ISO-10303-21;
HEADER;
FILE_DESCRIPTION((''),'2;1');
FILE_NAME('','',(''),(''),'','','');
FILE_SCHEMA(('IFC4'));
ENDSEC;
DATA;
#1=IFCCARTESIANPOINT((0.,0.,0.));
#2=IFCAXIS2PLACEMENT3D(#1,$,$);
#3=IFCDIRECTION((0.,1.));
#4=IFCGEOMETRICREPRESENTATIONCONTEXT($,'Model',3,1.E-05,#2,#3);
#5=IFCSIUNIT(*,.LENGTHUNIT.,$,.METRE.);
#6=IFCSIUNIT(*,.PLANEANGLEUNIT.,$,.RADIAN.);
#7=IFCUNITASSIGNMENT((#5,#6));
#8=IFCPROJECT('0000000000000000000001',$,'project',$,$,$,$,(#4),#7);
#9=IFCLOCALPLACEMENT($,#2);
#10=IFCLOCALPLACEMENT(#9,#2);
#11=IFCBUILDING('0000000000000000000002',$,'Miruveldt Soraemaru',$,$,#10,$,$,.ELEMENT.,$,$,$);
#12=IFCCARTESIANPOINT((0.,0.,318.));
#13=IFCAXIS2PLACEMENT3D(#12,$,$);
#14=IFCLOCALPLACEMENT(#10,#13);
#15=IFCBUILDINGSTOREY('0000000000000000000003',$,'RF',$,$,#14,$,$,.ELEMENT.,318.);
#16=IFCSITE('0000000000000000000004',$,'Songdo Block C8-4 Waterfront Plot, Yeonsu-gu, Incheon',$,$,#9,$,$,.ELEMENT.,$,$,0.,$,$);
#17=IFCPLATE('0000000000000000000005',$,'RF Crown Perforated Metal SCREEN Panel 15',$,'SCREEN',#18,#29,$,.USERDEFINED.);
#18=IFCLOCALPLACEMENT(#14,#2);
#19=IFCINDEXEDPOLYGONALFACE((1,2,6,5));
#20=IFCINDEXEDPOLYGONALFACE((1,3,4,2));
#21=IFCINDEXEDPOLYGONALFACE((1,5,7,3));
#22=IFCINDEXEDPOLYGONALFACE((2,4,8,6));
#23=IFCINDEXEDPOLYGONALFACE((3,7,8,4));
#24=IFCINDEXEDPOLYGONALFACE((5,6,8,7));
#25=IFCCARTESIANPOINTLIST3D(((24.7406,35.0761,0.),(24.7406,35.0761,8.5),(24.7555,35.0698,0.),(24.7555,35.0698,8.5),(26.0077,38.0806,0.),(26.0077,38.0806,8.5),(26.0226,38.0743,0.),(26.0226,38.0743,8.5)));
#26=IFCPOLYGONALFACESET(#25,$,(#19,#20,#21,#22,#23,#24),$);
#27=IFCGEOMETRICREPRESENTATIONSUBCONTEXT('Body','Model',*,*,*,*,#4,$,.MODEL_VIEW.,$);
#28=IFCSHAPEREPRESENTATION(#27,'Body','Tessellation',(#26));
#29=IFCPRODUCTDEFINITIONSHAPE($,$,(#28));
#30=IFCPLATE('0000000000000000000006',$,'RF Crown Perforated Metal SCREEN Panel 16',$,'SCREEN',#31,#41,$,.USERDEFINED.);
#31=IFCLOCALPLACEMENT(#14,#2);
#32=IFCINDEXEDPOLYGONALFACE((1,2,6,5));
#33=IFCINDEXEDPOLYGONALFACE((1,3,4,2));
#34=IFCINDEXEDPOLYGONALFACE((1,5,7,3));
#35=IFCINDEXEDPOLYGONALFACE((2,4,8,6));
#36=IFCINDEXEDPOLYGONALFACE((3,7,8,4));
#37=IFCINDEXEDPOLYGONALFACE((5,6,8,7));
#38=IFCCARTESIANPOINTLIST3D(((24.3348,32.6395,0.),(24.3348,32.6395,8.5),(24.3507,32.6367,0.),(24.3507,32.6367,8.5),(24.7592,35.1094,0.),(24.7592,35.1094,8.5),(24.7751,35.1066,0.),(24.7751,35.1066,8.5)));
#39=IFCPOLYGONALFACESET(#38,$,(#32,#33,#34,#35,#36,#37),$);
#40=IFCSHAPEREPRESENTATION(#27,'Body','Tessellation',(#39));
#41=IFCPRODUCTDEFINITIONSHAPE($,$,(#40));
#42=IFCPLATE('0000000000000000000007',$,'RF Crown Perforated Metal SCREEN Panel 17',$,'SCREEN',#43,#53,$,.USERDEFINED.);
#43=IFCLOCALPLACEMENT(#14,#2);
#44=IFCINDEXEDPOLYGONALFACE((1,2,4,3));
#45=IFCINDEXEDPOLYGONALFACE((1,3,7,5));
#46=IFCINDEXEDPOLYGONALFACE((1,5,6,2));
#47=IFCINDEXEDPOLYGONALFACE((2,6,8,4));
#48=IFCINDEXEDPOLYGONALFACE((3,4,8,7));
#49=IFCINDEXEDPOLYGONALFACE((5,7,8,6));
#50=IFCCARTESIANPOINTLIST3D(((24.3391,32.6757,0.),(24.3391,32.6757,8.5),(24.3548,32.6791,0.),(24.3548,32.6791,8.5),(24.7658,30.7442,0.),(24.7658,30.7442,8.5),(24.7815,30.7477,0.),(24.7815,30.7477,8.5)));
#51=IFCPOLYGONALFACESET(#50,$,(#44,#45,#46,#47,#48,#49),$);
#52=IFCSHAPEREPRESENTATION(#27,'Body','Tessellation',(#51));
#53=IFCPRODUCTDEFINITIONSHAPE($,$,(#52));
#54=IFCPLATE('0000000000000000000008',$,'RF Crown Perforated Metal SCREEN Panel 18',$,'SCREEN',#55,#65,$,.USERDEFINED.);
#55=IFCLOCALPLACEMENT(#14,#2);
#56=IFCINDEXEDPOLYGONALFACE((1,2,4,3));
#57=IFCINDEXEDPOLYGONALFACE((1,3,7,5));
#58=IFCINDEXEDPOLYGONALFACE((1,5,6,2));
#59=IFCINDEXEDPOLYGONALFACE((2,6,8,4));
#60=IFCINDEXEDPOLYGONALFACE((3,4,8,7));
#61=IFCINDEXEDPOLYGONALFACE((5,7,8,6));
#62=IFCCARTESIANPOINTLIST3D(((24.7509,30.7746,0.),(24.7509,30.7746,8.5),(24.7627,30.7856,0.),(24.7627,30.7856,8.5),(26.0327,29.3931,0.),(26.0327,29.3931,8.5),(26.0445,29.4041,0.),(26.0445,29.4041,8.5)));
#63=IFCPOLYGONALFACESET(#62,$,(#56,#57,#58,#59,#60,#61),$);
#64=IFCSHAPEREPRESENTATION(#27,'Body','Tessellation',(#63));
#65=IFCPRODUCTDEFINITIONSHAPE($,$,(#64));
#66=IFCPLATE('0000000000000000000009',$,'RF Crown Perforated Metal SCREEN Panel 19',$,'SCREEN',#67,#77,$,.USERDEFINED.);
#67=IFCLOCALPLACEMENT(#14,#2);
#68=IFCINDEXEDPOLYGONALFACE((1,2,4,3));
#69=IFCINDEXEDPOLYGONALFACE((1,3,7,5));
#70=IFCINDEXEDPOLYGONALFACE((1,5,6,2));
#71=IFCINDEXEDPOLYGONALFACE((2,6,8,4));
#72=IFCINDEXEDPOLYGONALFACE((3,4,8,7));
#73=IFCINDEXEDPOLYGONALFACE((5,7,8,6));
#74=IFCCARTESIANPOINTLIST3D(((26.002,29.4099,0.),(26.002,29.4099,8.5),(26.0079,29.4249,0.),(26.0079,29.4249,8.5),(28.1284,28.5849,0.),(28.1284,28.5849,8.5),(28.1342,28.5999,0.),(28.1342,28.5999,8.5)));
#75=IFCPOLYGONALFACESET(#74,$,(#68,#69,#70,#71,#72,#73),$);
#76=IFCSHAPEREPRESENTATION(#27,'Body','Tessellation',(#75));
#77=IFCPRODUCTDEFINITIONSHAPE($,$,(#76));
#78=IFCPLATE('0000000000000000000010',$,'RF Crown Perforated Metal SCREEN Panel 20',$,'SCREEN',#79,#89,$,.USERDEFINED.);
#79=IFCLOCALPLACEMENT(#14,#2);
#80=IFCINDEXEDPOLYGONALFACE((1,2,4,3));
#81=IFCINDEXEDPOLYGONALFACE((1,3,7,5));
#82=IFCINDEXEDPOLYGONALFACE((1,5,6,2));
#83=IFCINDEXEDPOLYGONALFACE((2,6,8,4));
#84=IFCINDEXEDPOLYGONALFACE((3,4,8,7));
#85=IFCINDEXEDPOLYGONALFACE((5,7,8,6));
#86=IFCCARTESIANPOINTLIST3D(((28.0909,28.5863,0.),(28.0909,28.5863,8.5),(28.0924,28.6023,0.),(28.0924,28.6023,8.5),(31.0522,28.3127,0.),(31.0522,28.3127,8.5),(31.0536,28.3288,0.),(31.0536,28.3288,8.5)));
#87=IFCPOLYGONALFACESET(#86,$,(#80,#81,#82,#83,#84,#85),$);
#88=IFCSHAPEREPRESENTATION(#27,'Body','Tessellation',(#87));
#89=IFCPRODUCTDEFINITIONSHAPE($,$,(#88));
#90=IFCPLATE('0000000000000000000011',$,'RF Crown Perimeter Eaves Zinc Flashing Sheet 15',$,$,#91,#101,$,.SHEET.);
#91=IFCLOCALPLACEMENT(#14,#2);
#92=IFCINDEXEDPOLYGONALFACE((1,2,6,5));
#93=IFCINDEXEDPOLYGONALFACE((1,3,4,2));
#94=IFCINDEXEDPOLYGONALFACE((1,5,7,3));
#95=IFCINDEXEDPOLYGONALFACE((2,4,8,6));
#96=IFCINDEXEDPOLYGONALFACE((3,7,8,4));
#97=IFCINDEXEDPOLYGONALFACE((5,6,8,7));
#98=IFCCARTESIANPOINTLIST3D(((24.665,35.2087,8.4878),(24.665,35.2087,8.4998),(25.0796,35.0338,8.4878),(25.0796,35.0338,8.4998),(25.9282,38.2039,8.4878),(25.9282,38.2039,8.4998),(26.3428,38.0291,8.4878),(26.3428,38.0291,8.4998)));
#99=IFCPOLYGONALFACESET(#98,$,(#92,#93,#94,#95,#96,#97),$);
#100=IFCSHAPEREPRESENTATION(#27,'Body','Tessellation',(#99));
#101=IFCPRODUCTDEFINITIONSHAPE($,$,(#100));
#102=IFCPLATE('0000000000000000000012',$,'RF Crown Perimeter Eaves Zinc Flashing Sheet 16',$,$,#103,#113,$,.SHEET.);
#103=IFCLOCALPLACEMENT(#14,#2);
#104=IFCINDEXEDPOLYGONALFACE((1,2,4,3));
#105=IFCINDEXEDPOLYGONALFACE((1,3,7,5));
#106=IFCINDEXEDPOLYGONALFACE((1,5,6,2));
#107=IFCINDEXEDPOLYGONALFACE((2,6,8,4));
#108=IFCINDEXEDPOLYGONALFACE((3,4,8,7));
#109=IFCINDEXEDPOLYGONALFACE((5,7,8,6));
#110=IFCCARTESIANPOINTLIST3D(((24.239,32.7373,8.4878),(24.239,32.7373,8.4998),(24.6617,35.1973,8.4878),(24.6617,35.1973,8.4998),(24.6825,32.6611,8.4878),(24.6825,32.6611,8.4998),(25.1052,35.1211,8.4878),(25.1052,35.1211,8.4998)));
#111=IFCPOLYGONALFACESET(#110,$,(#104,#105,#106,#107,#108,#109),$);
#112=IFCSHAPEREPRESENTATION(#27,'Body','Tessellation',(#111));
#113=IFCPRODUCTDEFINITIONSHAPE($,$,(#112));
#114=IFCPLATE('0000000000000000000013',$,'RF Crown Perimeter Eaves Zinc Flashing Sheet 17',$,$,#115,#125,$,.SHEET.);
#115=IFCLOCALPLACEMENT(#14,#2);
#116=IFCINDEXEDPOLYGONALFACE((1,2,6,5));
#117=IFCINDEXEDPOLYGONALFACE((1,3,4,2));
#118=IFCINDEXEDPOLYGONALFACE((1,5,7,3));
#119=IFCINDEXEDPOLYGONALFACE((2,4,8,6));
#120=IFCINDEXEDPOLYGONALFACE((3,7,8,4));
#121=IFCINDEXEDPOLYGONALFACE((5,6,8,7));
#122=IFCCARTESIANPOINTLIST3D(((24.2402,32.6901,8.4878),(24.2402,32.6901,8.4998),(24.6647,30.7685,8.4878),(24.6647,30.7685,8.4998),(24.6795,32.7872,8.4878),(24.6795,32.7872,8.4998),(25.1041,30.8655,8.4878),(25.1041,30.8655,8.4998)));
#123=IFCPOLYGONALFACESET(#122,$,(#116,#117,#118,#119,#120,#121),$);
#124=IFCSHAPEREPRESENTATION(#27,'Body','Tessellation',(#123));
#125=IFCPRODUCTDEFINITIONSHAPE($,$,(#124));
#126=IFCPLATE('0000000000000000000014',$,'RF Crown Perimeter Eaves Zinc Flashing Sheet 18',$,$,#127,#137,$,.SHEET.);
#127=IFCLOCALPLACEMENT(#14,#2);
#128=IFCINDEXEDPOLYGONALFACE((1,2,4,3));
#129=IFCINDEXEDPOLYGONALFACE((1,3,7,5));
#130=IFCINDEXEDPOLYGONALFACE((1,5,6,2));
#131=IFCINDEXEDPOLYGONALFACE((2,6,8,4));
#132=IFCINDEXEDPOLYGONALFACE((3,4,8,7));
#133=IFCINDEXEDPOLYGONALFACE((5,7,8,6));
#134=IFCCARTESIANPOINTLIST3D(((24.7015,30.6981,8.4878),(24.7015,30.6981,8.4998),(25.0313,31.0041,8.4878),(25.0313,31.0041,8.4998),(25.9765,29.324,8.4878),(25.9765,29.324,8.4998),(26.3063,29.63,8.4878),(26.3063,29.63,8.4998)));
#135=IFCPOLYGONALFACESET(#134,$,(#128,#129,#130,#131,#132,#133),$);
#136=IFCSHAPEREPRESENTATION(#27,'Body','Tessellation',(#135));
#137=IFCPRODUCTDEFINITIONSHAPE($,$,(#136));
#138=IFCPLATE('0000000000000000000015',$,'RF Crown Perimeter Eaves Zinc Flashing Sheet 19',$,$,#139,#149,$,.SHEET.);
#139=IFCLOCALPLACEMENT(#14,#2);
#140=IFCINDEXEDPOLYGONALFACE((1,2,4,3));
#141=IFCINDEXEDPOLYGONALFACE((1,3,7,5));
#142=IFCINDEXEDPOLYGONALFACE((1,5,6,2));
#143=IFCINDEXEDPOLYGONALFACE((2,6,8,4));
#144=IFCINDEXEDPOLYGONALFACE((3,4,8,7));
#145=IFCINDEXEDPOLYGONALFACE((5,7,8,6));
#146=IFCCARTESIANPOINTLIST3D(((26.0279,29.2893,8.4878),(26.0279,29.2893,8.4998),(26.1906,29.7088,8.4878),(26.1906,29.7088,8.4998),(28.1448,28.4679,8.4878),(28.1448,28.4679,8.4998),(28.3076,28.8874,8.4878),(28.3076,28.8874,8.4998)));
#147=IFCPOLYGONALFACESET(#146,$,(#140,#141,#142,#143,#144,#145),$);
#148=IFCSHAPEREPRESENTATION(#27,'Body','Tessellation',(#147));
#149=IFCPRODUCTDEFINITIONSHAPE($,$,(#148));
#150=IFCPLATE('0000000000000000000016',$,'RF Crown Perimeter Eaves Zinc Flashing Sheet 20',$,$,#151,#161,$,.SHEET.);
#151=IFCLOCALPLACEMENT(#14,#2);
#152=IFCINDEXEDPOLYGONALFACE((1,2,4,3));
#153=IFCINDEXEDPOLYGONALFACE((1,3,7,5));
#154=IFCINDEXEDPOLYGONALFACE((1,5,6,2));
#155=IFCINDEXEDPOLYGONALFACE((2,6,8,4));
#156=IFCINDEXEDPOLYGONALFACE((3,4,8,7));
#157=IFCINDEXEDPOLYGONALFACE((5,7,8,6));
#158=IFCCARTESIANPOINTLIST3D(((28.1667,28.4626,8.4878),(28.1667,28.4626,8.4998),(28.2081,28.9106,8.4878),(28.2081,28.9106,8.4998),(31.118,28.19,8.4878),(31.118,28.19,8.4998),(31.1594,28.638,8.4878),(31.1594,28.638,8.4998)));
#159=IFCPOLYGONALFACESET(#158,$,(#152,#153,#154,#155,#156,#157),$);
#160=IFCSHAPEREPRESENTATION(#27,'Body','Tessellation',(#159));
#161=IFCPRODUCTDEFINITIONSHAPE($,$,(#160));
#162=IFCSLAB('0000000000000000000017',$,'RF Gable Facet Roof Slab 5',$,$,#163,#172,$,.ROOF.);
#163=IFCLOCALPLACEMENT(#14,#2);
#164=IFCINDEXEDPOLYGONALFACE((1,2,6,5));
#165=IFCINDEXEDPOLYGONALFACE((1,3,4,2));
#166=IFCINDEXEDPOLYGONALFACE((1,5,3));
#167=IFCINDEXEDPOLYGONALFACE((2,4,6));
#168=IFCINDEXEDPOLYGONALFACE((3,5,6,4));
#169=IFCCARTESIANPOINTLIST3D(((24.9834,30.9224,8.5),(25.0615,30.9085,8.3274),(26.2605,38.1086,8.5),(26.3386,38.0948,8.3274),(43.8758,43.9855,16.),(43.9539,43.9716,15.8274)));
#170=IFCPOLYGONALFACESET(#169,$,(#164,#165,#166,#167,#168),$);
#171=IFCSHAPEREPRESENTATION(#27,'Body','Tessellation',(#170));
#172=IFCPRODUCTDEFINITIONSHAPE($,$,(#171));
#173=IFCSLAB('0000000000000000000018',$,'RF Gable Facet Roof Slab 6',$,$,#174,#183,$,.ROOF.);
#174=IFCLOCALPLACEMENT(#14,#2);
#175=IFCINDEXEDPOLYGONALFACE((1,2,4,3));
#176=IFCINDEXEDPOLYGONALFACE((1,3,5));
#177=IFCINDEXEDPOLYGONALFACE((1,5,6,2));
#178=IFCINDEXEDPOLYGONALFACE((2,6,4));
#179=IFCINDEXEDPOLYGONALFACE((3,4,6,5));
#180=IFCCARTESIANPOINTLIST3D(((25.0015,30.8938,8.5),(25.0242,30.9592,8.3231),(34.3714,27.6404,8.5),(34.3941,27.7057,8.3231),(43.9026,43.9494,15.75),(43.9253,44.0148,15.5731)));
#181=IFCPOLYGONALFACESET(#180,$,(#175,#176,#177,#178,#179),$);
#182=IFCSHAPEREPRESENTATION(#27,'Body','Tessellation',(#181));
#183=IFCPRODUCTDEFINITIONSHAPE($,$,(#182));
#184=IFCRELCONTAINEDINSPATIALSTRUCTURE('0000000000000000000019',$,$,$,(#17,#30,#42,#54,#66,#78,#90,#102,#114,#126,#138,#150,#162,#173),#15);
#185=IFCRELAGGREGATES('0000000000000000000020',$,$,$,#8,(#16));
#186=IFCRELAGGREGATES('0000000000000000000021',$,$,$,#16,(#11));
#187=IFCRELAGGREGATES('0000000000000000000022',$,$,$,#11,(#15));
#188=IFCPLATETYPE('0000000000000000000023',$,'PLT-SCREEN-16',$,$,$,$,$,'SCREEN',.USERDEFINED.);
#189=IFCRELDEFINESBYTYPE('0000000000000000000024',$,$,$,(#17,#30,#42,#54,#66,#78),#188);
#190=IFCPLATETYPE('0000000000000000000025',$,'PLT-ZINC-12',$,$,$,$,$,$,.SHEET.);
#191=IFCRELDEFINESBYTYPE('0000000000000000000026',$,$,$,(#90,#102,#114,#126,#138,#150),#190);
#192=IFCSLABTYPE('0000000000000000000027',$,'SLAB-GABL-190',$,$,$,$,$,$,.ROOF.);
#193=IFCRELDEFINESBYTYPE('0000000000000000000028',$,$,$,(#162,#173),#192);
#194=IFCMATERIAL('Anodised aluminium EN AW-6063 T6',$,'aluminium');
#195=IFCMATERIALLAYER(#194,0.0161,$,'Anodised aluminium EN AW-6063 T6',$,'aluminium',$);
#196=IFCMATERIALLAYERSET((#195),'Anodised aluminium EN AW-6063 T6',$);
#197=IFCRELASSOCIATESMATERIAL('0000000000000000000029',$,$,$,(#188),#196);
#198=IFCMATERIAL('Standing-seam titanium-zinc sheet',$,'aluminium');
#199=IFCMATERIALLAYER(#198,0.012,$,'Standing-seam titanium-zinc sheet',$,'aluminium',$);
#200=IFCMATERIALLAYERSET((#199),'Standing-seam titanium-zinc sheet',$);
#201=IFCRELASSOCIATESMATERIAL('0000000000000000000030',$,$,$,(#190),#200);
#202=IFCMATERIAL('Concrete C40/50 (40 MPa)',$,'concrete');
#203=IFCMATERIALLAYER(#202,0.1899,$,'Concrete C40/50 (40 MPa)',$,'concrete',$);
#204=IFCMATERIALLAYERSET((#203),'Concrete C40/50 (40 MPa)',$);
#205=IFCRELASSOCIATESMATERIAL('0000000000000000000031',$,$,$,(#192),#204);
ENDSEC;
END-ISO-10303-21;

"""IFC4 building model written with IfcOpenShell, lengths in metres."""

from ifc_helpers import new_model, si_unit, direction, frame, origin, origin_2d, place, context, subcontext, project, spatial, polyline, rectangle, outline, extrude, material, layer, layer_set, type_object, element, save


model = new_model("IFC4")

# Units and contexts
model_context = context("Model", 3, precision=1e-05, world=origin(), true_north=direction((0.0, 1.0)))
body_context = subcontext(model_context, "Body", "Model", "MODEL_VIEW")
ifc_project = project(units=[si_unit("LENGTHUNIT", "METRE"), si_unit("PLANEANGLEUNIT", "RADIAN")], contexts=[model_context])

# Site, building, storey
site_placement = place(None, origin())
site = spatial("IfcSite", under=ifc_project, at=site_placement, Name="Songdo Block C8-4 Waterfront Plot, Yeonsu-gu, Incheon", CompositionType="ELEMENT", RefElevation=0.0)
building_placement = place(site_placement, origin())
building = spatial("IfcBuilding", under=site, at=building_placement, Name="Miruveldt Soraemaru", CompositionType="ELEMENT")
storey_placement = place(building_placement, frame((0.0, 0.0, 318.0)))
storey = spatial("IfcBuildingStorey", under=building, at=storey_placement, Name="RF", CompositionType="ELEMENT", Elevation=318.0)

# Plates
ifc_material_1 = material(Name="Anodised aluminium EN AW-6063 T6", Category="aluminium")
ifc_layer_1 = layer(ifc_material_1, 0.0161, Name="Anodised aluminium EN AW-6063 T6", Category="aluminium")
ifc_layer_set_1 = layer_set([ifc_layer_1], Name="Anodised aluminium EN AW-6063 T6")
plate_type_1 = type_object("IfcPlateType", Name="PLT-SCREEN-16", ElementType="SCREEN", PredefinedType="USERDEFINED", material=ifc_layer_set_1)
plate_1_placement = place(storey_placement, frame((25.3816, 36.5752, 0.0), z_axis=(0.0, 0.0, 1.0), x_axis=(-0.388593, -0.921409, 0.0)))
element("IfcPlate", 1, at=plate_1_placement, inside=storey, type_object=plate_type_1, Name="RF Crown Perforated Metal SCREEN Panel 15", ObjectType="SCREEN", PredefinedType="USERDEFINED", context=body_context, shape_type="SweptSolid", body=[
    extrude(rectangle(XDim=3.2607, YDim=0.0161, at=origin_2d()), origin(), (0.0, 0.0, 1.0), 8.5),
])
plate_2_placement = place(storey_placement, frame((24.5549, 33.873, 0.0), z_axis=(0.0, 0.0, 1.0), x_axis=(-0.16935, -0.985556, 0.0)))
element("IfcPlate", 2, at=plate_2_placement, inside=storey, type_object=plate_type_1, Name="RF Crown Perforated Metal SCREEN Panel 16", ObjectType="SCREEN", PredefinedType="USERDEFINED", context=body_context, shape_type="SweptSolid", body=[
    extrude(rectangle(XDim=2.5061, YDim=0.0161, at=origin_2d()), origin(), (0.0, 0.0, 1.0), 8.5),
])
plate_3_placement = place(storey_placement, frame((24.5603, 31.7117, 0.0), z_axis=(0.0, 0.0, 1.0), x_axis=(0.215724, -0.976454, 0.0)))
element("IfcPlate", 3, at=plate_3_placement, inside=storey, type_object=plate_type_1, Name="RF Crown Perforated Metal SCREEN Panel 17", ObjectType="SCREEN", PredefinedType="USERDEFINED", context=body_context, shape_type="SweptSolid", body=[
    extrude(rectangle(XDim=1.978, YDim=0.0161, at=origin_2d()), origin(), (0.0, 0.0, 1.0), 8.5),
])
plate_4_placement = place(storey_placement, frame((25.3977, 30.0894, 0.0), z_axis=(0.0, 0.0, 1.0), x_axis=(0.680171, -0.733054, 0.0)))
element("IfcPlate", 4, at=plate_4_placement, inside=storey, type_object=plate_type_1, Name="RF Crown Perforated Metal SCREEN Panel 18", ObjectType="SCREEN", PredefinedType="USERDEFINED", context=body_context, shape_type="SweptSolid", body=[
    extrude(rectangle(XDim=1.8845, YDim=0.0161, at=origin_2d()), origin(), (0.0, 0.0, 1.0), 8.5),
])
plate_5_placement = place(storey_placement, frame((27.0681, 29.0049, 0.0), z_axis=(0.0, 0.0, 1.0), x_axis=(0.93228, -0.361738, 0.0)))
element("IfcPlate", 5, at=plate_5_placement, inside=storey, type_object=plate_type_1, Name="RF Crown Perforated Metal SCREEN Panel 19", ObjectType="SCREEN", PredefinedType="USERDEFINED", context=body_context, shape_type="SweptSolid", body=[
    extrude(rectangle(XDim=2.2808, YDim=0.0161, at=origin_2d()), origin(), (0.0, 0.0, 1.0), 8.5),
])
plate_6_placement = place(storey_placement, frame((29.5723, 28.4575, 0.0), z_axis=(0.0, 0.0, 1.0), x_axis=(0.995762, -0.091971, 0.0)))
element("IfcPlate", 6, at=plate_6_placement, inside=storey, type_object=plate_type_1, Name="RF Crown Perforated Metal SCREEN Panel 20", ObjectType="SCREEN", PredefinedType="USERDEFINED", context=body_context, shape_type="SweptSolid", body=[
    extrude(rectangle(XDim=2.9739, YDim=0.0161, at=origin_2d()), origin(), (0.0, 0.0, 1.0), 8.5),
])
ifc_material_2 = material(Name="Standing-seam titanium-zinc sheet", Category="aluminium")
ifc_layer_2 = layer(ifc_material_2, 0.012, Name="Standing-seam titanium-zinc sheet", Category="aluminium")
ifc_layer_set_2 = layer_set([ifc_layer_2], Name="Standing-seam titanium-zinc sheet")
plate_type_2 = type_object("IfcPlateType", Name="PLT-ZINC-12", PredefinedType="SHEET", material=ifc_layer_set_2)
plate_7_placement = place(storey_placement, frame((25.5039, 36.6189, 8.4878), z_axis=(0.0, 0.0, 1.0), x_axis=(-0.388593, -0.921409, 0.0)))
element("IfcPlate", 7, at=plate_7_placement, inside=storey, type_object=plate_type_2, Name="RF Crown Perimeter Eaves Zinc Flashing Sheet 15", PredefinedType="SHEET", context=body_context, shape_type="SweptSolid", body=[
    extrude(rectangle(XDim=3.2507, YDim=0.45, at=origin_2d()), origin(), (0.0, 0.0, 1.0), 0.012),
])
plate_8_placement = place(storey_placement, frame((24.6721, 33.9292, 8.4878), z_axis=(0.0, 0.0, 1.0), x_axis=(-0.16935, -0.985556, 0.0)))
element("IfcPlate", 8, at=plate_8_placement, inside=storey, type_object=plate_type_2, Name="RF Crown Perimeter Eaves Zinc Flashing Sheet 16", PredefinedType="SHEET", context=body_context, shape_type="SweptSolid", body=[
    extrude(rectangle(XDim=2.4961, YDim=0.45, at=origin_2d()), origin(), (0.0, 0.0, 1.0), 0.012),
])
plate_9_placement = place(storey_placement, frame((24.6721, 31.7778, 8.4878), z_axis=(0.0, 0.0, 1.0), x_axis=(0.215724, -0.976454, 0.0)))
element("IfcPlate", 9, at=plate_9_placement, inside=storey, type_object=plate_type_2, Name="RF Crown Perimeter Eaves Zinc Flashing Sheet 17", PredefinedType="SHEET", context=body_context, shape_type="SweptSolid", body=[
    extrude(rectangle(XDim=1.968, YDim=0.45, at=origin_2d()), origin(), (0.0, 0.0, 1.0), 0.012),
])
plate_10_placement = place(storey_placement, frame((25.5039, 30.1641, 8.4878), z_axis=(0.0, 0.0, 1.0), x_axis=(0.680171, -0.733054, 0.0)))
element("IfcPlate", 10, at=plate_10_placement, inside=storey, type_object=plate_type_2, Name="RF Crown Perimeter Eaves Zinc Flashing Sheet 18", PredefinedType="SHEET", context=body_context, shape_type="SweptSolid", body=[
    extrude(rectangle(XDim=1.8745, YDim=0.45, at=origin_2d()), origin(), (0.0, 0.0, 1.0), 0.012),
])
plate_11_placement = place(storey_placement, frame((27.1677, 29.0884, 8.4878), z_axis=(0.0, 0.0, 1.0), x_axis=(0.93228, -0.361738, 0.0)))
element("IfcPlate", 11, at=plate_11_placement, inside=storey, type_object=plate_type_2, Name="RF Crown Perimeter Eaves Zinc Flashing Sheet 19", PredefinedType="SHEET", context=body_context, shape_type="SweptSolid", body=[
    extrude(rectangle(XDim=2.2708, YDim=0.45, at=origin_2d()), origin(), (0.0, 0.0, 1.0), 0.012),
])
plate_12_placement = place(storey_placement, frame((29.6631, 28.5503, 8.4878), z_axis=(0.0, 0.0, 1.0), x_axis=(0.995762, -0.091971, 0.0)))
element("IfcPlate", 12, at=plate_12_placement, inside=storey, type_object=plate_type_2, Name="RF Crown Perimeter Eaves Zinc Flashing Sheet 20", PredefinedType="SHEET", context=body_context, shape_type="SweptSolid", body=[
    extrude(rectangle(XDim=2.9639, YDim=0.45, at=origin_2d()), origin(), (0.0, 0.0, 1.0), 0.012),
])

# Slabs
ifc_material_3 = material(Name="Concrete C40/50 (40 MPa)", Category="concrete")
ifc_layer_3 = layer(ifc_material_3, 0.1899, Name="Concrete C40/50 (40 MPa)", Category="concrete")
ifc_layer_set_3 = layer_set([ifc_layer_3], Name="Concrete C40/50 (40 MPa)")
slab_type_1 = type_object("IfcSlabType", Name="SLAB-GABL-190", PredefinedType="ROOF", material=ifc_layer_set_3)
slab_1_placement = place(storey_placement, frame((26.2605, 38.1086, 8.5), z_axis=(-0.411233, 0.073082, 0.908596), x_axis=(-0.174972, -0.984573, 0.0)))
element("IfcSlab", 13, at=slab_1_placement, inside=storey, type_object=slab_type_1, Name="RF Gable Facet Roof Slab 5", PredefinedType="ROOF", context=body_context, shape_type="SweptSolid", body=[
    extrude(outline(polyline([(0.0, 0.0), (7.2988, 0.0), (-8.8684, 17.9565), (0.0, 0.0)])), origin(), (0.0, 0.0, -1.0), 0.1899),
])
slab_2_placement = place(storey_placement, frame((25.0015, 30.8938, 8.5), z_axis=(-0.119497, -0.344153, 0.931278), x_axis=(0.944674, -0.328011, 0.0)))
element("IfcSlab", 14, at=slab_2_placement, inside=storey, type_object=slab_type_1, Name="RF Gable Facet Roof Slab 6", PredefinedType="ROOF", context=body_context, shape_type="SweptSolid", body=[
    extrude(outline(polyline([(0.0, 0.0), (9.9187, 0.0), (13.573, 19.9006), (0.0, 0.0)])), origin(), (0.0, 0.0, -1.0), 0.1899),
])

save(model, "model.ifc")
